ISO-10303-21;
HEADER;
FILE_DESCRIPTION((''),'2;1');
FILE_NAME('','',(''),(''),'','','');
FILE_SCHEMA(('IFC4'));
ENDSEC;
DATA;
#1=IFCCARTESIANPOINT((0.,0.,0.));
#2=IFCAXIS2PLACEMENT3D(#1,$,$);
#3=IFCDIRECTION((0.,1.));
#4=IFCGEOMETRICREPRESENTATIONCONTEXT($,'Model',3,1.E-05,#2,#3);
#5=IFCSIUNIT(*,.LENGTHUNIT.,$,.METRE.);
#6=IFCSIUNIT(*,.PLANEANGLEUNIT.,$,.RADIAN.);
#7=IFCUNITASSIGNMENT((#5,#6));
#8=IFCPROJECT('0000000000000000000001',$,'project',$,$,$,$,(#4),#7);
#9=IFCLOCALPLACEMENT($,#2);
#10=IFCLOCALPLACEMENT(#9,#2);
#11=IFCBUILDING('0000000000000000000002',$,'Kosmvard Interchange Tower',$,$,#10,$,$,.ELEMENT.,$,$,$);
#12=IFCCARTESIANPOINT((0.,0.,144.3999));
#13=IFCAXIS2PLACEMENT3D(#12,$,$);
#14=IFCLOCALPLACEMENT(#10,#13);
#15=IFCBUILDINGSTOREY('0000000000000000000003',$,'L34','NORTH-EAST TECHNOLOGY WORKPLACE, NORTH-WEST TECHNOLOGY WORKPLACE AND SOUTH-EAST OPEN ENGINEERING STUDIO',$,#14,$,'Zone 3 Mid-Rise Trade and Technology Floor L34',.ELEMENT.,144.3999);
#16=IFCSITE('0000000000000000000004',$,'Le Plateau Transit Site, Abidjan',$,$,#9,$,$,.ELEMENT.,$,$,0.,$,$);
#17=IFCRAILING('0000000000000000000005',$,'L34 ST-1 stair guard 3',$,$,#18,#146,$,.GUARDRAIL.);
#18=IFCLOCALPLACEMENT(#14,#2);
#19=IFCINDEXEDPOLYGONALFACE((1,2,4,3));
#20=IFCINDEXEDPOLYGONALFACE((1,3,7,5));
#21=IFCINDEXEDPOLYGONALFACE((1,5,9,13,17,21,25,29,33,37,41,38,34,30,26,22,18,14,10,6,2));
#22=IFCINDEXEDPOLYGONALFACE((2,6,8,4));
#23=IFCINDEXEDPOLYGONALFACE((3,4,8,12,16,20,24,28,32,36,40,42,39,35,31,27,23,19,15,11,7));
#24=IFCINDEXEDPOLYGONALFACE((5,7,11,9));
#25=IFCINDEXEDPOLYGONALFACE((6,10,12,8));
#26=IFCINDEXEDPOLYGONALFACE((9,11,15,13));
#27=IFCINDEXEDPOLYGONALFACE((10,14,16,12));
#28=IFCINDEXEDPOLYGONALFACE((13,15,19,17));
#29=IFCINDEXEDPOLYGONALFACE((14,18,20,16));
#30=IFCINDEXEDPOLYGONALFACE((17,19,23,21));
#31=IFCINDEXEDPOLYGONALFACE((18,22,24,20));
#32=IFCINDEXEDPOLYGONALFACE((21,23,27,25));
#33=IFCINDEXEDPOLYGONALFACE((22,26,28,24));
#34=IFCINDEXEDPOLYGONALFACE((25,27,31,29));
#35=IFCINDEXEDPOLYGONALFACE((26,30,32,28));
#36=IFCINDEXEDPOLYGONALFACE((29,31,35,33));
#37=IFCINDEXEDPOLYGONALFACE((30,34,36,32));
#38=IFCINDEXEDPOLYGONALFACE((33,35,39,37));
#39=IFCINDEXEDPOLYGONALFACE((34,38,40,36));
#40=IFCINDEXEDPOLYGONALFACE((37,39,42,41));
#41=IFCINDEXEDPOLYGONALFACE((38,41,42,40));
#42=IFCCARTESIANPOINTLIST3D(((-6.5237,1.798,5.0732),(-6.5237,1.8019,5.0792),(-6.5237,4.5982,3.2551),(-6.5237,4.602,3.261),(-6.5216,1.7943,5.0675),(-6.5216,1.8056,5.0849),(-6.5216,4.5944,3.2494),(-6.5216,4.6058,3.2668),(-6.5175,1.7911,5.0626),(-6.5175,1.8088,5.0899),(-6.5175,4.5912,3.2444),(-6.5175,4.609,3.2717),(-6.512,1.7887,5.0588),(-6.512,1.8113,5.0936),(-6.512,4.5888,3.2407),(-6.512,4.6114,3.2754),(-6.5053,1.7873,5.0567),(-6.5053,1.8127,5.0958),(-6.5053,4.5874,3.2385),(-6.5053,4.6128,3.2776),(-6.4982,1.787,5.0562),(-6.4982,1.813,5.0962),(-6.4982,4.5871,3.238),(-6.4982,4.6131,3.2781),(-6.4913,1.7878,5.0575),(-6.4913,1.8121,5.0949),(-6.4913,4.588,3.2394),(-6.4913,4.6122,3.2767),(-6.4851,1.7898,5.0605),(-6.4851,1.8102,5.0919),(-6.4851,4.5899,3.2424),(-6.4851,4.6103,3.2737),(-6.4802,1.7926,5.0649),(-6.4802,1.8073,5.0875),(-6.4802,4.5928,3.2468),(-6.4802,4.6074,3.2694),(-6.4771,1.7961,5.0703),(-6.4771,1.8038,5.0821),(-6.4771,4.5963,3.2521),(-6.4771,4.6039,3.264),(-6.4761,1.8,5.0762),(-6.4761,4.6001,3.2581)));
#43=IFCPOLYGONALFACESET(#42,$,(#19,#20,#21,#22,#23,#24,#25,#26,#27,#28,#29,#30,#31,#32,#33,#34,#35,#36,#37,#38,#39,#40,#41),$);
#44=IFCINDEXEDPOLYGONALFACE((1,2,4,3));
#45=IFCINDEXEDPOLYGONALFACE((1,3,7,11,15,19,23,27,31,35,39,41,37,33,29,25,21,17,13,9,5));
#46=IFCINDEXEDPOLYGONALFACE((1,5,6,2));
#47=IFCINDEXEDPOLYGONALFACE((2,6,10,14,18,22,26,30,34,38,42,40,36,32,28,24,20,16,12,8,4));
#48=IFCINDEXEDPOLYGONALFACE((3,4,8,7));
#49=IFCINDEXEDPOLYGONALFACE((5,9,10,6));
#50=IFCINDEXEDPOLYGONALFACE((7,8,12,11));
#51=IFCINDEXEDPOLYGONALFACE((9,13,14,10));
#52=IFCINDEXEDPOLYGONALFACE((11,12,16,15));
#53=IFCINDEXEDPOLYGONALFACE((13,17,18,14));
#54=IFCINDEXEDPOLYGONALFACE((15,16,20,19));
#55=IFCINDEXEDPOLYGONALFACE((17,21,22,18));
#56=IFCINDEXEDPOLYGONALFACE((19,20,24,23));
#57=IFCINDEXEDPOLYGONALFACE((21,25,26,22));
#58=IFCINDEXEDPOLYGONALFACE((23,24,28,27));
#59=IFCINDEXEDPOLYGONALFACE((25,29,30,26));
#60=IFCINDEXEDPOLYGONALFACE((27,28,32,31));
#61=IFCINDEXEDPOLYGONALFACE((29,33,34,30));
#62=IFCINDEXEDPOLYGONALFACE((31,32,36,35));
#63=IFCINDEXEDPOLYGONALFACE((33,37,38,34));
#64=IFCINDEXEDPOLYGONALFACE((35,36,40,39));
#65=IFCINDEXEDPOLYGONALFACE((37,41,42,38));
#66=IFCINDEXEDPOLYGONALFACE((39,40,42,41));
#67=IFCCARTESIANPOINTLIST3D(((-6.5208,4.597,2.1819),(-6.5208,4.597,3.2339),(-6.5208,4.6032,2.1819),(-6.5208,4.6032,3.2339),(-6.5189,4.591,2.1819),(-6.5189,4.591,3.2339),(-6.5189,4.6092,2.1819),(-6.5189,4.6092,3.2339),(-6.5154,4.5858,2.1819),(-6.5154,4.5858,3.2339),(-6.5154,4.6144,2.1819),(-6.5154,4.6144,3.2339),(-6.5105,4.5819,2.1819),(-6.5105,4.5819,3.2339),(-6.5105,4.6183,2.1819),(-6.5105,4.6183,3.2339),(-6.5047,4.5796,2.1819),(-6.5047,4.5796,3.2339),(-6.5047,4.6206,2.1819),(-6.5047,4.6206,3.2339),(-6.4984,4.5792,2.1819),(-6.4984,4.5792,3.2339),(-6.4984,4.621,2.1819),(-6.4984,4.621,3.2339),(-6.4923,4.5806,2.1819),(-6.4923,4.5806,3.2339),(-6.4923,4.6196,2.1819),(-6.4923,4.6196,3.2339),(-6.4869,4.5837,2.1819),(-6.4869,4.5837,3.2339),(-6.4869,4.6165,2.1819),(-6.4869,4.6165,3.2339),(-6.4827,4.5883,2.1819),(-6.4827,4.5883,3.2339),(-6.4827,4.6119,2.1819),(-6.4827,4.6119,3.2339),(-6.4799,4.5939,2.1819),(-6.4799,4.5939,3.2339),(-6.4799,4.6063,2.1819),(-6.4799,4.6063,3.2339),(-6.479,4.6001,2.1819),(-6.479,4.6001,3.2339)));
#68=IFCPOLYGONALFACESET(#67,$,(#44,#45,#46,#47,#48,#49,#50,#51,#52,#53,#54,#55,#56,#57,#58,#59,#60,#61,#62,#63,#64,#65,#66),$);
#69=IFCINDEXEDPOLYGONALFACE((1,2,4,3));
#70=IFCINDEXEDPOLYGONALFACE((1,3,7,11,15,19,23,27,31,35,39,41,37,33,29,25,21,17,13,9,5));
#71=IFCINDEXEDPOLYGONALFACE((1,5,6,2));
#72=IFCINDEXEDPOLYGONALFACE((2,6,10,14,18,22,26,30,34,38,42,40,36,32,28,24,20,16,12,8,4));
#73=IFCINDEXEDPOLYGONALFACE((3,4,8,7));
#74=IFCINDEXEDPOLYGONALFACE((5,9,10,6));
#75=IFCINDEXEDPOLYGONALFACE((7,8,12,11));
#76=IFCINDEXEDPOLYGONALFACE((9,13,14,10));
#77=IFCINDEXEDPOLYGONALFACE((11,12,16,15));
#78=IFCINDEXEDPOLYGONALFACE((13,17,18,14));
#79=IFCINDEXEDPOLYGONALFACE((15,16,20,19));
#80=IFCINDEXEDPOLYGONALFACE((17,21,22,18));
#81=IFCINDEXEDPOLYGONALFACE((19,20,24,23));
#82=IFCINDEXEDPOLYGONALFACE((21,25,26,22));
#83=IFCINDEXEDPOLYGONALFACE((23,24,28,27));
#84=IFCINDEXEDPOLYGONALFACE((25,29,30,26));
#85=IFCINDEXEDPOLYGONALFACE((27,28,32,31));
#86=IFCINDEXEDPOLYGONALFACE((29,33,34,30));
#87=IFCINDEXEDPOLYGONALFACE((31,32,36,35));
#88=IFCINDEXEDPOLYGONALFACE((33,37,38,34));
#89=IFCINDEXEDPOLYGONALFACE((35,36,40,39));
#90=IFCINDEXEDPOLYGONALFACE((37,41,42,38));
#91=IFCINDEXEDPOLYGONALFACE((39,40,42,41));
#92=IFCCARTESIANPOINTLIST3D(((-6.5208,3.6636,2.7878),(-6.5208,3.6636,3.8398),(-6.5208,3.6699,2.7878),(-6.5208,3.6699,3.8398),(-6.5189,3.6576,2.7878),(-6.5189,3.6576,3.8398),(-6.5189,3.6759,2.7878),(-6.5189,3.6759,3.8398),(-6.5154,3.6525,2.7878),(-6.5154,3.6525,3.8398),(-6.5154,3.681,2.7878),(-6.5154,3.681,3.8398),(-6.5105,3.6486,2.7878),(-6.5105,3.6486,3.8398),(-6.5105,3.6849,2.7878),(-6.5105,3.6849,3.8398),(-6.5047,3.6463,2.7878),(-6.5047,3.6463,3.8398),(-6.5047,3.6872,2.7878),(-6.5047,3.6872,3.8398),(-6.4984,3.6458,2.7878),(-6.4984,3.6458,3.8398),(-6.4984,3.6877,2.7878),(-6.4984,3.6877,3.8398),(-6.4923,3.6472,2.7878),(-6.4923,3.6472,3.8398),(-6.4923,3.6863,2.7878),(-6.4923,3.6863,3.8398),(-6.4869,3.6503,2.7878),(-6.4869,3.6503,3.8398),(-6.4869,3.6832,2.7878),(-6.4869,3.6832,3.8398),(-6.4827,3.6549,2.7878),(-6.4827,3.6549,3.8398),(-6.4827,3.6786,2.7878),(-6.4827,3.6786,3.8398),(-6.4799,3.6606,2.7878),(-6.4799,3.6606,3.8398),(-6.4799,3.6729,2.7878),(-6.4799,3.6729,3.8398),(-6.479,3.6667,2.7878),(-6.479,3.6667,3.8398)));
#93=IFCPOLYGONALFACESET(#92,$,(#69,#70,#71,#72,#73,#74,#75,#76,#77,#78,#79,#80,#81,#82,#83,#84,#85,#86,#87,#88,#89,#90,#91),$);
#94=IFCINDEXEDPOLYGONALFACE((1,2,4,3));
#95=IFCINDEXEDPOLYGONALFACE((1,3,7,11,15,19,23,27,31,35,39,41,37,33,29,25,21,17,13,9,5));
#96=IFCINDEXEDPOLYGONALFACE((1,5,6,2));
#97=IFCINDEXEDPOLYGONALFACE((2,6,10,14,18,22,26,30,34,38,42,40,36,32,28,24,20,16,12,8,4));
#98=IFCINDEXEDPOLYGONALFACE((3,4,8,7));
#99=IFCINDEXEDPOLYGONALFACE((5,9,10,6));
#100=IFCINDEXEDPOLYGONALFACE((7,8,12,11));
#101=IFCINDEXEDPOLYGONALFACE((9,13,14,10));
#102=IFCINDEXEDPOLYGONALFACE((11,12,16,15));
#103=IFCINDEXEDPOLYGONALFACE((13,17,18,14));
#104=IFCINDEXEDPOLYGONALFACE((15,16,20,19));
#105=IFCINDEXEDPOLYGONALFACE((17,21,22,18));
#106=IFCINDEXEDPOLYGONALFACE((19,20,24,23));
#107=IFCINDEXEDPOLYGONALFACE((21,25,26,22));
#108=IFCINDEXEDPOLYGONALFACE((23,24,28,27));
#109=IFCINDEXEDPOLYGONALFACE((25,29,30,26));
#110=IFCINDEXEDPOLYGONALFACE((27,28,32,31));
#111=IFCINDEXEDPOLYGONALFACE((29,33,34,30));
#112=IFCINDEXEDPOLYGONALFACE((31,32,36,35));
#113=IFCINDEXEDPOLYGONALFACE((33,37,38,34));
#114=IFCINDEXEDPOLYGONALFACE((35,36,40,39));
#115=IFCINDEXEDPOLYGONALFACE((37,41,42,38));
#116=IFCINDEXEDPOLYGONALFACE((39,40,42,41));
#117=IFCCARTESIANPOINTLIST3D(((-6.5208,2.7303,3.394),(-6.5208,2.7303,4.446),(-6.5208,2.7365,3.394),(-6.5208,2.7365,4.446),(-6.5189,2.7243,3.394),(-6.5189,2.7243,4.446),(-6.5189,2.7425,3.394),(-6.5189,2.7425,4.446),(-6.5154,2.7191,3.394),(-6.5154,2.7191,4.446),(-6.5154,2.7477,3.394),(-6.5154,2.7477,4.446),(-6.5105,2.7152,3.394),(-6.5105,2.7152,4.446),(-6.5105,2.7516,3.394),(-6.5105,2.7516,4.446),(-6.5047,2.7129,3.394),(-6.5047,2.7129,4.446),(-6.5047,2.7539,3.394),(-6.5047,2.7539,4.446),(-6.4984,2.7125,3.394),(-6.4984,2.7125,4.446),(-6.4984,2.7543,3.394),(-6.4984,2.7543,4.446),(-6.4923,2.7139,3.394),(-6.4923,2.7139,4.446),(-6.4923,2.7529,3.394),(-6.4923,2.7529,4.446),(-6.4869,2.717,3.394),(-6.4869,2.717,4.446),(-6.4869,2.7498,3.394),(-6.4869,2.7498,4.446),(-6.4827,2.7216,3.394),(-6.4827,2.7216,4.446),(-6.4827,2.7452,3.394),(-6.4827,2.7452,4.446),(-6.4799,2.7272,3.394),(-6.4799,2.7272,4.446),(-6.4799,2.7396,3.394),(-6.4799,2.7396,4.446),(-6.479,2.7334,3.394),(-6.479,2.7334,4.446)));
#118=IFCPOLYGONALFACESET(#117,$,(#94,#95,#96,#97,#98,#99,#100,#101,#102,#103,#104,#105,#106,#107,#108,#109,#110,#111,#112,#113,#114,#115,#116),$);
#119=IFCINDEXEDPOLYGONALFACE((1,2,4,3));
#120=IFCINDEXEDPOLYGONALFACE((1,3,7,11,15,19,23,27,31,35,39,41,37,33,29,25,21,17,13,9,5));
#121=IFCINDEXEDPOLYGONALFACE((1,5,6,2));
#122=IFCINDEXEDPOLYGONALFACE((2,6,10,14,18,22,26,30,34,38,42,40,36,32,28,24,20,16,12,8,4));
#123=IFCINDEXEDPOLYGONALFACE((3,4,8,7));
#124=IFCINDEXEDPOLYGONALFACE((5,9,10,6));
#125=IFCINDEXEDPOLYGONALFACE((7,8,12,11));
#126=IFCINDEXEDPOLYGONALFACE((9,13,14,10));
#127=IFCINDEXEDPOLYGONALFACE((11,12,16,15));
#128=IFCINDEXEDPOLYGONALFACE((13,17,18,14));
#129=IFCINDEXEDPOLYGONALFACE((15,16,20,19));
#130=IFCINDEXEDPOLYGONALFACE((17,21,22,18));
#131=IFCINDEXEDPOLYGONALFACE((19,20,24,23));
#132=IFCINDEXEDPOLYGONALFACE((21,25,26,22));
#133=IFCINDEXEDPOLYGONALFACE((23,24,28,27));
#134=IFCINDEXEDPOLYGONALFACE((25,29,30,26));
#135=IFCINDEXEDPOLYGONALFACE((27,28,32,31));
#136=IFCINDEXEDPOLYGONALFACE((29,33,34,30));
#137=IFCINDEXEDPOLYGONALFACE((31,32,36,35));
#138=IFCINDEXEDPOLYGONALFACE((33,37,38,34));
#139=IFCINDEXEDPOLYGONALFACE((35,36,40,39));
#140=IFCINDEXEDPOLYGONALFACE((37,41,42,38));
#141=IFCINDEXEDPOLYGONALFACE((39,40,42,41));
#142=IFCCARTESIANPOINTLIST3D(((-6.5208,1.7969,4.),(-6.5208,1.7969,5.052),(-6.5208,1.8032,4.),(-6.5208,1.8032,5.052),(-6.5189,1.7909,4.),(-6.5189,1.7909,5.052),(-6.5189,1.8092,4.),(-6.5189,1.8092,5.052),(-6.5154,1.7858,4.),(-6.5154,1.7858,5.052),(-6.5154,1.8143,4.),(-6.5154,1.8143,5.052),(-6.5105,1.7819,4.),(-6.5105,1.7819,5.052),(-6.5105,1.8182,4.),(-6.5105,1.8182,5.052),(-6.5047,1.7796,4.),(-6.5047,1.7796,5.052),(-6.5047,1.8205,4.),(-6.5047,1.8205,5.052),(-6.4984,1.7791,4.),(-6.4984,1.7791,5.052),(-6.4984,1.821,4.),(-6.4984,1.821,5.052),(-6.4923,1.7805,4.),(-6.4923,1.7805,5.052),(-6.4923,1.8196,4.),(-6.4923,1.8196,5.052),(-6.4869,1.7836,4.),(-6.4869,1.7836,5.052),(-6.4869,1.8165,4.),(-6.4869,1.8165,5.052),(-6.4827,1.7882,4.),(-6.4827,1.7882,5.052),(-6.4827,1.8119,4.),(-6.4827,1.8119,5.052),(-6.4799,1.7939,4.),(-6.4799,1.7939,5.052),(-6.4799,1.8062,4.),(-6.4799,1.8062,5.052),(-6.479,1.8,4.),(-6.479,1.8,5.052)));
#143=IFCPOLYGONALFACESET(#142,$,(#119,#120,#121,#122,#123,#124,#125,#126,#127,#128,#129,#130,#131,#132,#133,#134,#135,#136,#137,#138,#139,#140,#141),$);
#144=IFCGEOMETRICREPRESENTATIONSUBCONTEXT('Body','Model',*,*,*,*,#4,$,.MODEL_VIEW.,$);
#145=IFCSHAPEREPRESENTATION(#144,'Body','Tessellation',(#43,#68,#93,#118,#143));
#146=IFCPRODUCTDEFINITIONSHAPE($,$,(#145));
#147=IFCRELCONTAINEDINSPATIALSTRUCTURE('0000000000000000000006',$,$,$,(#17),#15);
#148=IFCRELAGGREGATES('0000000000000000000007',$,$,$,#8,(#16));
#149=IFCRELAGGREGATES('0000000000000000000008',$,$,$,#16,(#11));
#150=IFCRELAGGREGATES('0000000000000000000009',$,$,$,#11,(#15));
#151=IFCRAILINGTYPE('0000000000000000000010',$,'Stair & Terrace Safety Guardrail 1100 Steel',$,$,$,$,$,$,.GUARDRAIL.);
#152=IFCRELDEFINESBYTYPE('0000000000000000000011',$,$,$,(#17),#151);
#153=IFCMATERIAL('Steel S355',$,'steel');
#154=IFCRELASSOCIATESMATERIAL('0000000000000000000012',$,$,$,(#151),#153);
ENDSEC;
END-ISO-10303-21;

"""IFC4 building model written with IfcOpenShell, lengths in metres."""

from ifc_helpers import new_model, si_unit, direction, frame, origin, origin_2d, place, context, subcontext, project, spatial, circle, extrude, source, transform, mapped, material, type_object, element, save


model = new_model("IFC4")

# Units and contexts
model_context = context("Model", 3, precision=1e-05, world=origin(), true_north=direction((0.0, 1.0)))
body_context = subcontext(model_context, "Body", "Model", "MODEL_VIEW")
ifc_project = project(units=[si_unit("LENGTHUNIT", "METRE"), si_unit("PLANEANGLEUNIT", "RADIAN")], contexts=[model_context])

# Site, building, storey
site_placement = place(None, origin())
site = spatial("IfcSite", under=ifc_project, at=site_placement, Name="Le Plateau Transit Site, Abidjan", CompositionType="ELEMENT", RefElevation=0.0)
building_placement = place(site_placement, origin())
building = spatial("IfcBuilding", under=site, at=building_placement, Name="Kosmvard Interchange Tower", CompositionType="ELEMENT")
storey_placement = place(building_placement, frame((0.0, 0.0, 144.3999)))
storey = spatial("IfcBuildingStorey", under=building, at=storey_placement, Name="L34", Description="NORTH-EAST TECHNOLOGY WORKPLACE, NORTH-WEST TECHNOLOGY WORKPLACE AND SOUTH-EAST OPEN ENGINEERING STUDIO", LongName="Zone 3 Mid-Rise Trade and Technology Floor L34", CompositionType="ELEMENT", Elevation=144.3999)

# Shared definitions
ifc_material_1 = material(Name="Steel S355", Category="steel")

# Railing
railing_type_1 = type_object("IfcRailingType", Name="Stair & Terrace Safety Guardrail 1100 Steel", PredefinedType="GUARDRAIL", material=ifc_material_1)
shared_shape_1 = source(origin(), body_context, "Body", "SweptSolid", [
    extrude(circle(Radius=0.0239, at=origin_2d()), frame((0.0, 0.0, 1.0762), z_axis=(0.0, -0.838706, 0.544585), x_axis=(1.0, 0.0, 0.0)), (0.0, 0.0, 1.0), 3.3386),
    extrude(circle(Radius=0.021, at=origin_2d()), origin(), (0.0, 0.0, 1.0), 1.052),
    extrude(circle(Radius=0.021, at=origin_2d()), frame((0.0, -0.9333, 0.606)), (0.0, 0.0, 1.0), 1.052),
    extrude(circle(Radius=0.021, at=origin_2d()), frame((0.0, -1.8667, 1.2122)), (0.0, 0.0, 1.0), 1.052),
    extrude(circle(Radius=0.021, at=origin_2d()), frame((0.0, -2.8, 1.8181)), (0.0, 0.0, 1.0), 1.052),
])
railing_1_placement = place(storey_placement, frame((-6.5, 4.6001, 2.1819)))
element("IfcRailing", 1, at=railing_1_placement, inside=storey, type_object=railing_type_1, Name="L34 ST-1 stair guard 3", PredefinedType="GUARDRAIL", context=body_context, shape_type="MappedRepresentation", body=[
    mapped(shared_shape_1, transform((0.0, 0.0, 0.0), scale=1.0)),
])

save(model, "model.ifc")
